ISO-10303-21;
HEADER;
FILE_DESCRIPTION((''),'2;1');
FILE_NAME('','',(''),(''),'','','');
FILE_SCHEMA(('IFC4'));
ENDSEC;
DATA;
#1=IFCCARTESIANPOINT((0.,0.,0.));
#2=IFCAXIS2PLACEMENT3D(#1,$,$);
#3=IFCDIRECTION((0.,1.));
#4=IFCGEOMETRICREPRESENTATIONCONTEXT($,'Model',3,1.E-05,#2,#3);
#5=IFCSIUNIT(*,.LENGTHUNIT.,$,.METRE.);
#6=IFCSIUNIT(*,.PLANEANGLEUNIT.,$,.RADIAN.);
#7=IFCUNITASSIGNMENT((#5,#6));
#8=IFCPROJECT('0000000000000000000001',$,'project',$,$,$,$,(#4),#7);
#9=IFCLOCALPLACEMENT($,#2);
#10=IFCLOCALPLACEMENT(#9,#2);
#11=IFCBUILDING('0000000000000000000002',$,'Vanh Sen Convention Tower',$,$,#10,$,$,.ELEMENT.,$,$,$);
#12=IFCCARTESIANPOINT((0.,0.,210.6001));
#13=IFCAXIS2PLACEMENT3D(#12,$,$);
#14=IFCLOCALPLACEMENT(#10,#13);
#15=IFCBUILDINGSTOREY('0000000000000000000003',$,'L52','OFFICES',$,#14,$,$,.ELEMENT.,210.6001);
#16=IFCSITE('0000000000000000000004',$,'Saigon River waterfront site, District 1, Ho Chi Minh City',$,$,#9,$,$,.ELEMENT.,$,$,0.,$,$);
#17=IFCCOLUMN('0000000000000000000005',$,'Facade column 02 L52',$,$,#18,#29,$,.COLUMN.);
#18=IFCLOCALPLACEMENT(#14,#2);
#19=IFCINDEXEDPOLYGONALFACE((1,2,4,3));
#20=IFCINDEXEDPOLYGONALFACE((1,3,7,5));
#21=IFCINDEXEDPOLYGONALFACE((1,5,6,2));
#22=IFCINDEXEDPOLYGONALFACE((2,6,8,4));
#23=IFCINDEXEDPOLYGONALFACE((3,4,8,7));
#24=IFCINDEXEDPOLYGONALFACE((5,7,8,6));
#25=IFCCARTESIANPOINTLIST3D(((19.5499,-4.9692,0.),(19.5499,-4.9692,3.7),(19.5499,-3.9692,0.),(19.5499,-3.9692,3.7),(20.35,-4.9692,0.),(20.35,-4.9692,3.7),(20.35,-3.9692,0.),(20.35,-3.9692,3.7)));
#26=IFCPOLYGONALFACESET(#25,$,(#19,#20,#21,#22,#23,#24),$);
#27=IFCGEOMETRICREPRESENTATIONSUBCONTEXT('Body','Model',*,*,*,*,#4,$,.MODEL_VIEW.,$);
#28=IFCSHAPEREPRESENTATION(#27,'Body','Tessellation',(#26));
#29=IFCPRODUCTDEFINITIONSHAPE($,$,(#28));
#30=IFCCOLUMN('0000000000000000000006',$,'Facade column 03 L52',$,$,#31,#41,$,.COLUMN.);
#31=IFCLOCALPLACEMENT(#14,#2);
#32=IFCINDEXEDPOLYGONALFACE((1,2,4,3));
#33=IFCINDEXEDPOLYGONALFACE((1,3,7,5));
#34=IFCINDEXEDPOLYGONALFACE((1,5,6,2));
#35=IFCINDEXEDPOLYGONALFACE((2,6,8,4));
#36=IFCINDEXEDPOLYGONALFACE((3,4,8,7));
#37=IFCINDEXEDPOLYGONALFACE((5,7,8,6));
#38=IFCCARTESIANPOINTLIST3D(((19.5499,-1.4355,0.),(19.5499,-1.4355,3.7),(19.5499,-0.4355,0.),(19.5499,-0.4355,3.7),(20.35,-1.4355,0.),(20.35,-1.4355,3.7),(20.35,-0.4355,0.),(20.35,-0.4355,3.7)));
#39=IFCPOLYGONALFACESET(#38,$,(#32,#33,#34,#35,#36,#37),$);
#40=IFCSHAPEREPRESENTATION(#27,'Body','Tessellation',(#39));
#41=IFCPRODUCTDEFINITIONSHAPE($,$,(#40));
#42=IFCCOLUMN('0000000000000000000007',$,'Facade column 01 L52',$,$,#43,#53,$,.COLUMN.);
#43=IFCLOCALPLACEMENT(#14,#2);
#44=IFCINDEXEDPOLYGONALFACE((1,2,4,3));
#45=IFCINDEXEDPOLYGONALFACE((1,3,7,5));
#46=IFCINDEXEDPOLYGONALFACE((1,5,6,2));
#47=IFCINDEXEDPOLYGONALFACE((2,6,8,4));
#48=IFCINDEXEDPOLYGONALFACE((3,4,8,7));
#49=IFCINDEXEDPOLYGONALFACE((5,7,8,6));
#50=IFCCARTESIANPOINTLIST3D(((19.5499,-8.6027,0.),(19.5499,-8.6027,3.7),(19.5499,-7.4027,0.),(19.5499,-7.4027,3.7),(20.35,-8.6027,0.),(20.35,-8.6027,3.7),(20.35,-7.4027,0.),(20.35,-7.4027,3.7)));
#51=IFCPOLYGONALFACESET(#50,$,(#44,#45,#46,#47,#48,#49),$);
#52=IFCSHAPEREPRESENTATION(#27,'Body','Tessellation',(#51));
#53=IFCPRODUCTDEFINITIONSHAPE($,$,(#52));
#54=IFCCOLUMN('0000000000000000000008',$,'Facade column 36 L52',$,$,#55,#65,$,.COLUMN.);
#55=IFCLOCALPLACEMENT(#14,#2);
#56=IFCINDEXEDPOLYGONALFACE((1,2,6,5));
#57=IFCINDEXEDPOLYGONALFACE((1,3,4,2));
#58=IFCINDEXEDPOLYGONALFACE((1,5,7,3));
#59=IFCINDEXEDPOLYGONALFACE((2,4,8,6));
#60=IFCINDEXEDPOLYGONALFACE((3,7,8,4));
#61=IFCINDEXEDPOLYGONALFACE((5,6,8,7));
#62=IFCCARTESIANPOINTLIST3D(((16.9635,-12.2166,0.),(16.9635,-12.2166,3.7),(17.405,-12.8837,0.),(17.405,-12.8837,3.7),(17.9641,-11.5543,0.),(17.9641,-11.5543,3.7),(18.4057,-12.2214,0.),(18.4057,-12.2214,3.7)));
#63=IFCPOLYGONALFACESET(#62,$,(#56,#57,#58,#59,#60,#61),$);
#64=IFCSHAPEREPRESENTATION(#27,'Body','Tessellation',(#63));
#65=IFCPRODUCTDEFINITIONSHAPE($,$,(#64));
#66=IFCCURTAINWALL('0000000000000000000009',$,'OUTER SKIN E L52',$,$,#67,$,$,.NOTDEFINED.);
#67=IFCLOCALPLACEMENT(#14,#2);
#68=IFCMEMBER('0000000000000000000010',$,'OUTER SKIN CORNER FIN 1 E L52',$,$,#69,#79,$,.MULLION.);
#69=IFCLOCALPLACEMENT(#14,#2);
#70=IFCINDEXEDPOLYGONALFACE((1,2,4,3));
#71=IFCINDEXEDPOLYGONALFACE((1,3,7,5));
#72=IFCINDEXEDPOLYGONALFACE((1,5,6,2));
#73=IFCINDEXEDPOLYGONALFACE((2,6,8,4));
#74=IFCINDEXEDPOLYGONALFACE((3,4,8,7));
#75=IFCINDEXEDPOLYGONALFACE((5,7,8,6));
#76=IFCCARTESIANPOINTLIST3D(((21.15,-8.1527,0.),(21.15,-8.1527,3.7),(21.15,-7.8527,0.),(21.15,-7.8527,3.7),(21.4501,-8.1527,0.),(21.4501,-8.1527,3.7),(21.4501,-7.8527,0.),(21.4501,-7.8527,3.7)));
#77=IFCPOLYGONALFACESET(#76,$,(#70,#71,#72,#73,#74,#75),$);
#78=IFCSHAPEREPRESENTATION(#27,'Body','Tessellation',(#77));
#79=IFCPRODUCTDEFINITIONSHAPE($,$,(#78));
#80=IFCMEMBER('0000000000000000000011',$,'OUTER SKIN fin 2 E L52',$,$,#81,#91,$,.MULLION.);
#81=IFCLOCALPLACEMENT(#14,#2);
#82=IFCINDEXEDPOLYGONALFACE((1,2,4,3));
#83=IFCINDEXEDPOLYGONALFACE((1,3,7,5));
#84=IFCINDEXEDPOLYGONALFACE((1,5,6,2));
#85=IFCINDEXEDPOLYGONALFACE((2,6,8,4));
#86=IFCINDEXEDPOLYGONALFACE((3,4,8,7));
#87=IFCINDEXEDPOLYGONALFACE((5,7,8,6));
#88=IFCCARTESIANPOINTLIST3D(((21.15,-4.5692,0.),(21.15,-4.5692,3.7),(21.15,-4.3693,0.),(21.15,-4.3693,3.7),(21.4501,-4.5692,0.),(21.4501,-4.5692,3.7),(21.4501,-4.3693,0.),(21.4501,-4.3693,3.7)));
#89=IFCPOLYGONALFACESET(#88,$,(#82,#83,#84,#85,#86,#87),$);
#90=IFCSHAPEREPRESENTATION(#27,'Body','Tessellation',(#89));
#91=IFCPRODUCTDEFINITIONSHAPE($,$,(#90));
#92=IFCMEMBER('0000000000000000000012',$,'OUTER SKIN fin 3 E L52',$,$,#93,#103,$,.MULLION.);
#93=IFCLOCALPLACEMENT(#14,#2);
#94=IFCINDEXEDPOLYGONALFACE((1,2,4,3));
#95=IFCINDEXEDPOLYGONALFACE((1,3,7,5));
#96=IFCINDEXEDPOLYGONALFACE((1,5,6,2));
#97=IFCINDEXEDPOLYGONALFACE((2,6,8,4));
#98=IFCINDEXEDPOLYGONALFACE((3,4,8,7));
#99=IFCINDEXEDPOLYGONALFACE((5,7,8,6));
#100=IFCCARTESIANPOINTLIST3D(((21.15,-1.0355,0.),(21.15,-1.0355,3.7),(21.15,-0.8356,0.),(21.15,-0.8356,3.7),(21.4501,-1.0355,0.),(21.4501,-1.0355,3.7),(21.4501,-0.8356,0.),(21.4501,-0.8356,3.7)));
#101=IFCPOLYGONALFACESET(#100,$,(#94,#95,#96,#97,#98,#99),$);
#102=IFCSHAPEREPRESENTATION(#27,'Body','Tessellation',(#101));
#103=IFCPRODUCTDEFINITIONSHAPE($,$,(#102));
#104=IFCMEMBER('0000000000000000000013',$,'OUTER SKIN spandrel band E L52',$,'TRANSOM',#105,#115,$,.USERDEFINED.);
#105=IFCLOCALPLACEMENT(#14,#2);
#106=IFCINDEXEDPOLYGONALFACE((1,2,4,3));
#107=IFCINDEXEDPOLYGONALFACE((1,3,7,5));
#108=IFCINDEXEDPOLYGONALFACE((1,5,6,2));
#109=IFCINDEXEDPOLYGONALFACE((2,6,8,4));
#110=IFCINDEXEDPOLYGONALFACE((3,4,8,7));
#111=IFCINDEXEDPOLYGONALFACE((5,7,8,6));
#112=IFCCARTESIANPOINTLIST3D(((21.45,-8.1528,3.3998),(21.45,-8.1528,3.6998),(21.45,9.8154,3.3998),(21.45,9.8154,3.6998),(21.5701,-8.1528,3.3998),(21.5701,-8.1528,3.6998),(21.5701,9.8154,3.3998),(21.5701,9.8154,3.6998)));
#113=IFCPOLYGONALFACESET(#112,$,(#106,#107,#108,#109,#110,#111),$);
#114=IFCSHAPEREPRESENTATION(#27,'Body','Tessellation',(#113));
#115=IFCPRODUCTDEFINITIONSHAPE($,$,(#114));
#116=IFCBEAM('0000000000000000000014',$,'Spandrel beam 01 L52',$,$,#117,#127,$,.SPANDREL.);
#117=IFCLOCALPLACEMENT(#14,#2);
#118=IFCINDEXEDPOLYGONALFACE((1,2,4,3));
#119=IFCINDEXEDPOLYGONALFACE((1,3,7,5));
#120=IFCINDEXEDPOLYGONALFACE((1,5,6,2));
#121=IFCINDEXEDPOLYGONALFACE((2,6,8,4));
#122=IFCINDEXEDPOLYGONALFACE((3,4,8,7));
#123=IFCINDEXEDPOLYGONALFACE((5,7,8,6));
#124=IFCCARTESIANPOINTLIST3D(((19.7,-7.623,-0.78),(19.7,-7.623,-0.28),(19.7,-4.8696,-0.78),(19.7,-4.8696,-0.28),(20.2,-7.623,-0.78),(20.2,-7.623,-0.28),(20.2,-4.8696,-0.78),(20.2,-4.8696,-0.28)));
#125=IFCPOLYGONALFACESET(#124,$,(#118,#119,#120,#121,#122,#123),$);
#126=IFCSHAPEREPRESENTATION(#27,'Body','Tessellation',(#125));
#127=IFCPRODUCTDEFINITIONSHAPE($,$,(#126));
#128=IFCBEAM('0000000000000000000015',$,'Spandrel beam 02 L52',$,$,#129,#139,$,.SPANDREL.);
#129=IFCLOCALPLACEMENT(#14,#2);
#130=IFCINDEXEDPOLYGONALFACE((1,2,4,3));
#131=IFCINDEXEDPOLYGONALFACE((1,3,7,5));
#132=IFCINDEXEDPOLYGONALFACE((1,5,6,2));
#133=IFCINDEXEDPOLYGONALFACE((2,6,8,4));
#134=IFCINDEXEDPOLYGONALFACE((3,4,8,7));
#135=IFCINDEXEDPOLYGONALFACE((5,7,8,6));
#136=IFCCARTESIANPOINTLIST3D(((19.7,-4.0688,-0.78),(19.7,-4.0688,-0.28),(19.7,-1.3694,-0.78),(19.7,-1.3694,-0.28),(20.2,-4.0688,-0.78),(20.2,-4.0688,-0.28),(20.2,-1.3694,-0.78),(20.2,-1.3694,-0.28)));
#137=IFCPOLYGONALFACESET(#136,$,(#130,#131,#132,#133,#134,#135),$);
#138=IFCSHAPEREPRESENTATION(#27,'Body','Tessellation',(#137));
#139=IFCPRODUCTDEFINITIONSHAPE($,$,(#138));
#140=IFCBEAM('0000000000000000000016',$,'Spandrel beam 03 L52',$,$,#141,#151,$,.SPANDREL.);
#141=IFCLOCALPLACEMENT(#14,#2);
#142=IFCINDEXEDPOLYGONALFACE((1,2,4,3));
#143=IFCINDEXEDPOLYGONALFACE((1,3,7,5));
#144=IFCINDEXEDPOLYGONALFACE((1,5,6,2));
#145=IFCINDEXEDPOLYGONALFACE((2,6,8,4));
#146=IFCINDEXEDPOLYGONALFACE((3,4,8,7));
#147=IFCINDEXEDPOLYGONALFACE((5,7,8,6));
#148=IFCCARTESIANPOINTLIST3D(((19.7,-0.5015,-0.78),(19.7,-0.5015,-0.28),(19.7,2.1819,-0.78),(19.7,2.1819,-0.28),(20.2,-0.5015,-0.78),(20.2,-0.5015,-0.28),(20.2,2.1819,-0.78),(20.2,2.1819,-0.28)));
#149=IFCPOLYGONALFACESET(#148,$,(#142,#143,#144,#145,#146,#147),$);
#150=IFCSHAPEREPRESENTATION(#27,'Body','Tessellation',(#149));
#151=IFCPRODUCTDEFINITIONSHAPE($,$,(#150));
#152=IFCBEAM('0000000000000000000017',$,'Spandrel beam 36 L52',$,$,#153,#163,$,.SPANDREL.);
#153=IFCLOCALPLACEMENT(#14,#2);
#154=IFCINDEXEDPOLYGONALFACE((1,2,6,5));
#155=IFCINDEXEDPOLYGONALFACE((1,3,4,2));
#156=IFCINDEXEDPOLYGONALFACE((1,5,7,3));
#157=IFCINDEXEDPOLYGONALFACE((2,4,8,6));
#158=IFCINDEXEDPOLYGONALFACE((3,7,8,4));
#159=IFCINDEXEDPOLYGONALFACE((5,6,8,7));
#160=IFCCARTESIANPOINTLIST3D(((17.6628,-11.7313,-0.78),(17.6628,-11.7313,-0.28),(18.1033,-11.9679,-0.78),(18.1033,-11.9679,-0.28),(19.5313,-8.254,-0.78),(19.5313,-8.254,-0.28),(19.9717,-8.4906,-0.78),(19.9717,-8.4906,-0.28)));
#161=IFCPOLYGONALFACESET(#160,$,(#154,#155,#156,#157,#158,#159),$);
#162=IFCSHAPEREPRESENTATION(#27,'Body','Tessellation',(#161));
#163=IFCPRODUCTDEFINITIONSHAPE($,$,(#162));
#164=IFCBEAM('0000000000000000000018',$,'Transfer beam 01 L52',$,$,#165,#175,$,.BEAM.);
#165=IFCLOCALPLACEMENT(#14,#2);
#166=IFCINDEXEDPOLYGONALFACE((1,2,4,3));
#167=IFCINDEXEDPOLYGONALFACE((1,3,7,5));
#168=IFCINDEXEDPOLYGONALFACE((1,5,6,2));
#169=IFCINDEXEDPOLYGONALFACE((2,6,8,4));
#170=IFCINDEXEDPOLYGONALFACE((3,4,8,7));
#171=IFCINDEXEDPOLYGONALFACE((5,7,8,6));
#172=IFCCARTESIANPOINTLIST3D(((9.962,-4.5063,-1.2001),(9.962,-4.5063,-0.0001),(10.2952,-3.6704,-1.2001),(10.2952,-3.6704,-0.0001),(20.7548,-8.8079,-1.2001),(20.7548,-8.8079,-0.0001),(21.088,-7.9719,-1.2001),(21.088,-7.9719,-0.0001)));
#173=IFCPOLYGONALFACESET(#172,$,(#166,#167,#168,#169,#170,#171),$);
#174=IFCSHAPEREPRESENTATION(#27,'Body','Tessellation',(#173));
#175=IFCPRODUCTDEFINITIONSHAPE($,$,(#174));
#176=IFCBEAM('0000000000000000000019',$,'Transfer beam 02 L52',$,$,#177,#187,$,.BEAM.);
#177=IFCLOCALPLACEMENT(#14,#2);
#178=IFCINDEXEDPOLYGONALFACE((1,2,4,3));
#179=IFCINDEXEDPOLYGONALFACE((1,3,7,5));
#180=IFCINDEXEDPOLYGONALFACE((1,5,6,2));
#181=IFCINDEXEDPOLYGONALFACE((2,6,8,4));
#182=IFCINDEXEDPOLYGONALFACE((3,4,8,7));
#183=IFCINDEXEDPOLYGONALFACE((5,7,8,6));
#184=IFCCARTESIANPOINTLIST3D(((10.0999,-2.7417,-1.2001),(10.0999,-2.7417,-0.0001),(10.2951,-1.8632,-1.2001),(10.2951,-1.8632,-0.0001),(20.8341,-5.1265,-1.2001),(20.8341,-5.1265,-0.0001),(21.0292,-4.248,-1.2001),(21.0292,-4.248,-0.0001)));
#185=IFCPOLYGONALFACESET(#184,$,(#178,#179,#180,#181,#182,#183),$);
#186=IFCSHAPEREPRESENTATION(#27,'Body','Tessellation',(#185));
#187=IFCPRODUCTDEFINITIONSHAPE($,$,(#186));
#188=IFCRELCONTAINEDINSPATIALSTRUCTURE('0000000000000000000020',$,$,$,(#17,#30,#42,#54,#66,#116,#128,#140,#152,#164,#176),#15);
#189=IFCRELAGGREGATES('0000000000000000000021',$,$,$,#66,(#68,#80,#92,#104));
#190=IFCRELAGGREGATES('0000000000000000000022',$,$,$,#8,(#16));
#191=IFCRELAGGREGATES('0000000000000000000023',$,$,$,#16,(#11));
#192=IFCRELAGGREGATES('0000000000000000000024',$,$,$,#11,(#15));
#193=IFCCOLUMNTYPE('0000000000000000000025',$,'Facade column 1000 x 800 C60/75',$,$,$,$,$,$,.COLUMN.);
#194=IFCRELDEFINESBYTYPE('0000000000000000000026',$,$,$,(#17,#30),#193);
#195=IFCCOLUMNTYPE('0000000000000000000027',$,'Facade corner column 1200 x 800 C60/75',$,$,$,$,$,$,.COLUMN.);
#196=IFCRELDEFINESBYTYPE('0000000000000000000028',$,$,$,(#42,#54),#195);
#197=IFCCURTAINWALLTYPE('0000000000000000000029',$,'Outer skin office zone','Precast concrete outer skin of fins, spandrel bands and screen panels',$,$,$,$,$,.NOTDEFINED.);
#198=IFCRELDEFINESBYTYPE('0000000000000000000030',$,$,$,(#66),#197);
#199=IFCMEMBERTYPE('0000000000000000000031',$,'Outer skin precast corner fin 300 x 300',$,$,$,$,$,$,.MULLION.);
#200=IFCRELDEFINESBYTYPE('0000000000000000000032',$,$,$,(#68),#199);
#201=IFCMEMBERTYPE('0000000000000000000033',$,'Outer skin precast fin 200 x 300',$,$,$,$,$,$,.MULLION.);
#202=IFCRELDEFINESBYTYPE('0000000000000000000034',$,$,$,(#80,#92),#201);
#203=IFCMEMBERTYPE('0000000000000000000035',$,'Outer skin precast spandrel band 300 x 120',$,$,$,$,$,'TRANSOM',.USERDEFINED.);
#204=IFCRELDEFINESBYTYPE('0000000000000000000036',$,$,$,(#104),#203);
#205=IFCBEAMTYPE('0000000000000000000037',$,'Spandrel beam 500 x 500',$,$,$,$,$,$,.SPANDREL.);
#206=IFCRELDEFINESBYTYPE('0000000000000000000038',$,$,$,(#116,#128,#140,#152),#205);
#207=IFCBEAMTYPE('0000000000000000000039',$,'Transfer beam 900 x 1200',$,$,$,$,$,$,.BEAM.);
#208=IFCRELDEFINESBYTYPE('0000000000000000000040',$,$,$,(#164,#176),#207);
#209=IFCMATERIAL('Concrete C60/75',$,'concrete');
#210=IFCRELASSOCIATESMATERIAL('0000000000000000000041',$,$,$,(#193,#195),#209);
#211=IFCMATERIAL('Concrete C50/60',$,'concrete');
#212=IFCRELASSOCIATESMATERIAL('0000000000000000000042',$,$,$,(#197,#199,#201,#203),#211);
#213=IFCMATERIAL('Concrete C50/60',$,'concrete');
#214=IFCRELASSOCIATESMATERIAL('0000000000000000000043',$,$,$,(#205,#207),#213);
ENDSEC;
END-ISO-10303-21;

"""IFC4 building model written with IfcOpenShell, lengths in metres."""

from ifc_helpers import new_model, si_unit, direction, frame, origin, origin_2d, place, context, subcontext, project, spatial, rectangle, extrude, material, material_profile, profile_set, type_object, element, aggregate, save


model = new_model("IFC4")

# Units and contexts
model_context = context("Model", 3, precision=1e-05, world=origin(), true_north=direction((0.0, 1.0)))
body_context = subcontext(model_context, "Body", "Model", "MODEL_VIEW")
ifc_project = project(units=[si_unit("LENGTHUNIT", "METRE"), si_unit("PLANEANGLEUNIT", "RADIAN")], contexts=[model_context])

# Site, building, storey
site_placement = place(None, origin())
site = spatial("IfcSite", under=ifc_project, at=site_placement, Name="Saigon River waterfront site, District 1, Ho Chi Minh City", CompositionType="ELEMENT", RefElevation=0.0)
building_placement = place(site_placement, origin())
building = spatial("IfcBuilding", under=site, at=building_placement, Name="Vanh Sen Convention Tower", CompositionType="ELEMENT")
storey_placement = place(building_placement, frame((0.0, 0.0, 210.6001)))
storey = spatial("IfcBuildingStorey", under=building, at=storey_placement, Name="L52", Description="OFFICES", CompositionType="ELEMENT", Elevation=210.6001)

# Columns
ifc_material_1 = material(Name="Concrete C60/75", Category="concrete")
ifc_material_profile_1 = material_profile(ifc_material_1, rectangle(XDim=1.0, YDim=0.8, at=origin_2d()), Name="RC 1000X800")
ifc_profile_set_1 = profile_set([ifc_material_profile_1], Name="Concrete C60/75")
column_type_1 = type_object("IfcColumnType", Name="Facade column 1000 x 800 C60/75", PredefinedType="COLUMN", material=ifc_profile_set_1)
for number, where, z_axis, x_axis, name in (
    (1, (19.95, -4.4692, 0.0), (0.0, 0.0, 1.0), (0.0, 1.0, 0.0), "Facade column 02 L52"),
    (2, (19.95, -0.9355, 0.0), (0.0, 0.0, 1.0), (0.0, 1.0, 0.0), "Facade column 03 L52"),
):
    element("IfcColumn", number, at=place(storey_placement, frame(where, z_axis=z_axis, x_axis=x_axis)), inside=storey, type_object=column_type_1, Name=name, PredefinedType="COLUMN", context=body_context, shape_type="SweptSolid", body=[
        extrude(rectangle(XDim=1.0, YDim=0.8, at=origin_2d()), origin(), (0.0, 0.0, 1.0), 3.7),
    ])
ifc_material_profile_2 = material_profile(ifc_material_1, rectangle(XDim=1.2, YDim=0.8, at=origin_2d()), Name="RC 1200X800")
ifc_profile_set_2 = profile_set([ifc_material_profile_2], Name="Concrete C60/75")
column_type_2 = type_object("IfcColumnType", Name="Facade corner column 1200 x 800 C60/75", PredefinedType="COLUMN", material=ifc_profile_set_2)
for number, where, z_axis, x_axis, name in (
    (3, (19.95, -8.0027, 0.0), (0.0, 0.0, 1.0), (0.0, 1.0, 0.0), "Facade column 01 L52"),
    (4, (17.6846, -12.219, 0.0), (0.0, 0.0, 1.0), (0.833886, 0.551937, 0.0), "Facade column 36 L52"),
):
    element("IfcColumn", number, at=place(storey_placement, frame(where, z_axis=z_axis, x_axis=x_axis)), inside=storey, type_object=column_type_2, Name=name, PredefinedType="COLUMN", context=body_context, shape_type="SweptSolid", body=[
        extrude(rectangle(XDim=1.2, YDim=0.8, at=origin_2d()), origin(), (0.0, 0.0, 1.0), 3.7),
    ])

# Curtain wall, members
ifc_material_2 = material(Name="Concrete C50/60", Category="concrete")
curtain_wall_type = type_object("IfcCurtainWallType", Name="Outer skin office zone", Description="Precast concrete outer skin of fins, spandrel bands and screen panels", PredefinedType="NOTDEFINED", material=ifc_material_2)
curtain_wall_1_placement = place(storey_placement, origin())
curtain_wall_1 = element("IfcCurtainWall", 5, at=curtain_wall_1_placement, inside=storey, type_object=curtain_wall_type, Name="OUTER SKIN E L52", PredefinedType="NOTDEFINED")
ifc_material_profile_3 = material_profile(ifc_material_2, rectangle(XDim=0.3, YDim=0.3, at=origin_2d()), Name="Outer skin precast corner fin 300 x 300")
ifc_profile_set_3 = profile_set([ifc_material_profile_3], Name="Concrete C50/60")
member_type_1 = type_object("IfcMemberType", Name="Outer skin precast corner fin 300 x 300", PredefinedType="MULLION", material=ifc_profile_set_3)
member_1_placement = place(storey_placement, frame((21.3, -8.0027, 0.0), z_axis=(0.0, 0.0, 1.0), x_axis=(0.0, 1.0, 0.0)))
member_1 = element("IfcMember", 6, at=member_1_placement, type_object=member_type_1, Name="OUTER SKIN CORNER FIN 1 E L52", PredefinedType="MULLION", context=body_context, shape_type="SweptSolid", body=[
    extrude(rectangle(XDim=0.3, YDim=0.3, at=origin_2d()), origin(), (0.0, 0.0, 1.0), 3.7),
])
ifc_material_profile_4 = material_profile(ifc_material_2, rectangle(XDim=0.2, YDim=0.3, at=origin_2d()), Name="Outer skin precast fin 200 x 300")
ifc_profile_set_4 = profile_set([ifc_material_profile_4], Name="Concrete C50/60")
member_type_2 = type_object("IfcMemberType", Name="Outer skin precast fin 200 x 300", PredefinedType="MULLION", material=ifc_profile_set_4)
member_2_placement = place(storey_placement, frame((21.3, -4.4692, 0.0), z_axis=(0.0, 0.0, 1.0), x_axis=(0.0, 1.0, 0.0)))
member_2 = element("IfcMember", 7, at=member_2_placement, type_object=member_type_2, Name="OUTER SKIN fin 2 E L52", PredefinedType="MULLION", context=body_context, shape_type="SweptSolid", body=[
    extrude(rectangle(XDim=0.2, YDim=0.3, at=origin_2d()), origin(), (0.0, 0.0, 1.0), 3.7),
])
member_3_placement = place(storey_placement, frame((21.3, -0.9355, 0.0), z_axis=(0.0, 0.0, 1.0), x_axis=(0.0, 1.0, 0.0)))
member_3 = element("IfcMember", 8, at=member_3_placement, type_object=member_type_2, Name="OUTER SKIN fin 3 E L52", PredefinedType="MULLION", context=body_context, shape_type="SweptSolid", body=[
    extrude(rectangle(XDim=0.2, YDim=0.3, at=origin_2d()), origin(), (0.0, 0.0, 1.0), 3.7),
])
ifc_material_profile_5 = material_profile(ifc_material_2, rectangle(XDim=0.1201, YDim=0.3, at=origin_2d()), Name="Outer skin precast spandrel band 300 x 120")
ifc_profile_set_5 = profile_set([ifc_material_profile_5], Name="Concrete C50/60")
member_type_3 = type_object("IfcMemberType", Name="Outer skin precast spandrel band 300 x 120", ElementType="TRANSOM", PredefinedType="USERDEFINED", material=ifc_profile_set_5)
member_4_placement = place(storey_placement, frame((21.51, -8.1528, 3.5498), z_axis=(0.0, 1.0, 0.0), x_axis=(-1.0, 0.0, 0.0)))
member_4 = element("IfcMember", 9, at=member_4_placement, type_object=member_type_3, Name="OUTER SKIN spandrel band E L52", ObjectType="TRANSOM", PredefinedType="USERDEFINED", context=body_context, shape_type="SweptSolid", body=[
    extrude(rectangle(XDim=0.1201, YDim=0.3, at=origin_2d()), origin(), (0.0, 0.0, 1.0), 17.9683),
])

# Beams
ifc_material_3 = material(Name="Concrete C50/60", Category="concrete")
ifc_material_profile_6 = material_profile(ifc_material_3, rectangle(XDim=0.5, YDim=0.5, at=origin_2d()), Name="RC 500X500")
ifc_profile_set_6 = profile_set([ifc_material_profile_6], Name="Concrete C50/60")
beam_type_1 = type_object("IfcBeamType", Name="Spandrel beam 500 x 500", PredefinedType="SPANDREL", material=ifc_profile_set_6)
beam_1_placement = place(storey_placement, frame((19.95, -7.623, -0.53), z_axis=(0.0, 1.0, 0.0), x_axis=(-1.0, 0.0, 0.0)))
element("IfcBeam", 10, at=beam_1_placement, inside=storey, type_object=beam_type_1, Name="Spandrel beam 01 L52", PredefinedType="SPANDREL", context=body_context, shape_type="SweptSolid", body=[
    extrude(rectangle(XDim=0.5, YDim=0.5, at=origin_2d()), origin(), (0.0, 0.0, 1.0), 2.7534),
])
beam_2_placement = place(storey_placement, frame((19.95, -4.0688, -0.53), z_axis=(0.0, 1.0, 0.0), x_axis=(-1.0, 0.0, 0.0)))
element("IfcBeam", 11, at=beam_2_placement, inside=storey, type_object=beam_type_1, Name="Spandrel beam 02 L52", PredefinedType="SPANDREL", context=body_context, shape_type="SweptSolid", body=[
    extrude(rectangle(XDim=0.5, YDim=0.5, at=origin_2d()), origin(), (0.0, 0.0, 1.0), 2.6995),
])
beam_3_placement = place(storey_placement, frame((19.95, -0.5015, -0.53), z_axis=(0.0, 1.0, 0.0), x_axis=(-1.0, 0.0, 0.0)))
element("IfcBeam", 12, at=beam_3_placement, inside=storey, type_object=beam_type_1, Name="Spandrel beam 03 L52", PredefinedType="SPANDREL", context=body_context, shape_type="SweptSolid", body=[
    extrude(rectangle(XDim=0.5, YDim=0.5, at=origin_2d()), origin(), (0.0, 0.0, 1.0), 2.6833),
])
beam_4_placement = place(storey_placement, frame((17.8831, -11.8496, -0.53), z_axis=(0.473318, 0.880892, 0.0), x_axis=(-0.880892, 0.473318, 0.0)))
element("IfcBeam", 13, at=beam_4_placement, inside=storey, type_object=beam_type_1, Name="Spandrel beam 36 L52", PredefinedType="SPANDREL", context=body_context, shape_type="SweptSolid", body=[
    extrude(rectangle(XDim=0.5, YDim=0.5, at=origin_2d()), origin(), (0.0, 0.0, 1.0), 3.9475),
])
ifc_material_profile_7 = material_profile(ifc_material_3, rectangle(XDim=0.8999, YDim=1.2, at=origin_2d()), Name="RC 900X1200")
ifc_profile_set_7 = profile_set([ifc_material_profile_7], Name="Concrete C50/60")
beam_type_2 = type_object("IfcBeamType", Name="Transfer beam 900 x 1200", PredefinedType="BEAM", material=ifc_profile_set_7)
beam_5_placement = place(storey_placement, frame((20.9214, -8.3899, -0.6001), z_axis=(-0.928938, 0.370235, 0.0), x_axis=(-0.370235, -0.928938, 0.0)))
element("IfcBeam", 14, at=beam_5_placement, inside=storey, type_object=beam_type_2, Name="Transfer beam 01 L52", PredefinedType="BEAM", context=body_context, shape_type="SweptSolid", body=[
    extrude(rectangle(XDim=0.8999, YDim=1.2, at=origin_2d()), origin(), (0.0, 0.0, 1.0), 11.6184),
])
beam_6_placement = place(storey_placement, frame((20.9316, -4.6873, -0.6001), z_axis=(-0.976199, 0.216879, 0.0), x_axis=(-0.216879, -0.976199, 0.0)))
element("IfcBeam", 15, at=beam_6_placement, inside=storey, type_object=beam_type_2, Name="Transfer beam 02 L52", PredefinedType="BEAM", context=body_context, shape_type="SweptSolid", body=[
    extrude(rectangle(XDim=0.8999, YDim=1.2, at=origin_2d()), origin(), (0.0, 0.0, 1.0), 10.9958),
])

aggregate(curtain_wall_1, [member_1, member_2, member_3, member_4])

save(model, "model.ifc")
